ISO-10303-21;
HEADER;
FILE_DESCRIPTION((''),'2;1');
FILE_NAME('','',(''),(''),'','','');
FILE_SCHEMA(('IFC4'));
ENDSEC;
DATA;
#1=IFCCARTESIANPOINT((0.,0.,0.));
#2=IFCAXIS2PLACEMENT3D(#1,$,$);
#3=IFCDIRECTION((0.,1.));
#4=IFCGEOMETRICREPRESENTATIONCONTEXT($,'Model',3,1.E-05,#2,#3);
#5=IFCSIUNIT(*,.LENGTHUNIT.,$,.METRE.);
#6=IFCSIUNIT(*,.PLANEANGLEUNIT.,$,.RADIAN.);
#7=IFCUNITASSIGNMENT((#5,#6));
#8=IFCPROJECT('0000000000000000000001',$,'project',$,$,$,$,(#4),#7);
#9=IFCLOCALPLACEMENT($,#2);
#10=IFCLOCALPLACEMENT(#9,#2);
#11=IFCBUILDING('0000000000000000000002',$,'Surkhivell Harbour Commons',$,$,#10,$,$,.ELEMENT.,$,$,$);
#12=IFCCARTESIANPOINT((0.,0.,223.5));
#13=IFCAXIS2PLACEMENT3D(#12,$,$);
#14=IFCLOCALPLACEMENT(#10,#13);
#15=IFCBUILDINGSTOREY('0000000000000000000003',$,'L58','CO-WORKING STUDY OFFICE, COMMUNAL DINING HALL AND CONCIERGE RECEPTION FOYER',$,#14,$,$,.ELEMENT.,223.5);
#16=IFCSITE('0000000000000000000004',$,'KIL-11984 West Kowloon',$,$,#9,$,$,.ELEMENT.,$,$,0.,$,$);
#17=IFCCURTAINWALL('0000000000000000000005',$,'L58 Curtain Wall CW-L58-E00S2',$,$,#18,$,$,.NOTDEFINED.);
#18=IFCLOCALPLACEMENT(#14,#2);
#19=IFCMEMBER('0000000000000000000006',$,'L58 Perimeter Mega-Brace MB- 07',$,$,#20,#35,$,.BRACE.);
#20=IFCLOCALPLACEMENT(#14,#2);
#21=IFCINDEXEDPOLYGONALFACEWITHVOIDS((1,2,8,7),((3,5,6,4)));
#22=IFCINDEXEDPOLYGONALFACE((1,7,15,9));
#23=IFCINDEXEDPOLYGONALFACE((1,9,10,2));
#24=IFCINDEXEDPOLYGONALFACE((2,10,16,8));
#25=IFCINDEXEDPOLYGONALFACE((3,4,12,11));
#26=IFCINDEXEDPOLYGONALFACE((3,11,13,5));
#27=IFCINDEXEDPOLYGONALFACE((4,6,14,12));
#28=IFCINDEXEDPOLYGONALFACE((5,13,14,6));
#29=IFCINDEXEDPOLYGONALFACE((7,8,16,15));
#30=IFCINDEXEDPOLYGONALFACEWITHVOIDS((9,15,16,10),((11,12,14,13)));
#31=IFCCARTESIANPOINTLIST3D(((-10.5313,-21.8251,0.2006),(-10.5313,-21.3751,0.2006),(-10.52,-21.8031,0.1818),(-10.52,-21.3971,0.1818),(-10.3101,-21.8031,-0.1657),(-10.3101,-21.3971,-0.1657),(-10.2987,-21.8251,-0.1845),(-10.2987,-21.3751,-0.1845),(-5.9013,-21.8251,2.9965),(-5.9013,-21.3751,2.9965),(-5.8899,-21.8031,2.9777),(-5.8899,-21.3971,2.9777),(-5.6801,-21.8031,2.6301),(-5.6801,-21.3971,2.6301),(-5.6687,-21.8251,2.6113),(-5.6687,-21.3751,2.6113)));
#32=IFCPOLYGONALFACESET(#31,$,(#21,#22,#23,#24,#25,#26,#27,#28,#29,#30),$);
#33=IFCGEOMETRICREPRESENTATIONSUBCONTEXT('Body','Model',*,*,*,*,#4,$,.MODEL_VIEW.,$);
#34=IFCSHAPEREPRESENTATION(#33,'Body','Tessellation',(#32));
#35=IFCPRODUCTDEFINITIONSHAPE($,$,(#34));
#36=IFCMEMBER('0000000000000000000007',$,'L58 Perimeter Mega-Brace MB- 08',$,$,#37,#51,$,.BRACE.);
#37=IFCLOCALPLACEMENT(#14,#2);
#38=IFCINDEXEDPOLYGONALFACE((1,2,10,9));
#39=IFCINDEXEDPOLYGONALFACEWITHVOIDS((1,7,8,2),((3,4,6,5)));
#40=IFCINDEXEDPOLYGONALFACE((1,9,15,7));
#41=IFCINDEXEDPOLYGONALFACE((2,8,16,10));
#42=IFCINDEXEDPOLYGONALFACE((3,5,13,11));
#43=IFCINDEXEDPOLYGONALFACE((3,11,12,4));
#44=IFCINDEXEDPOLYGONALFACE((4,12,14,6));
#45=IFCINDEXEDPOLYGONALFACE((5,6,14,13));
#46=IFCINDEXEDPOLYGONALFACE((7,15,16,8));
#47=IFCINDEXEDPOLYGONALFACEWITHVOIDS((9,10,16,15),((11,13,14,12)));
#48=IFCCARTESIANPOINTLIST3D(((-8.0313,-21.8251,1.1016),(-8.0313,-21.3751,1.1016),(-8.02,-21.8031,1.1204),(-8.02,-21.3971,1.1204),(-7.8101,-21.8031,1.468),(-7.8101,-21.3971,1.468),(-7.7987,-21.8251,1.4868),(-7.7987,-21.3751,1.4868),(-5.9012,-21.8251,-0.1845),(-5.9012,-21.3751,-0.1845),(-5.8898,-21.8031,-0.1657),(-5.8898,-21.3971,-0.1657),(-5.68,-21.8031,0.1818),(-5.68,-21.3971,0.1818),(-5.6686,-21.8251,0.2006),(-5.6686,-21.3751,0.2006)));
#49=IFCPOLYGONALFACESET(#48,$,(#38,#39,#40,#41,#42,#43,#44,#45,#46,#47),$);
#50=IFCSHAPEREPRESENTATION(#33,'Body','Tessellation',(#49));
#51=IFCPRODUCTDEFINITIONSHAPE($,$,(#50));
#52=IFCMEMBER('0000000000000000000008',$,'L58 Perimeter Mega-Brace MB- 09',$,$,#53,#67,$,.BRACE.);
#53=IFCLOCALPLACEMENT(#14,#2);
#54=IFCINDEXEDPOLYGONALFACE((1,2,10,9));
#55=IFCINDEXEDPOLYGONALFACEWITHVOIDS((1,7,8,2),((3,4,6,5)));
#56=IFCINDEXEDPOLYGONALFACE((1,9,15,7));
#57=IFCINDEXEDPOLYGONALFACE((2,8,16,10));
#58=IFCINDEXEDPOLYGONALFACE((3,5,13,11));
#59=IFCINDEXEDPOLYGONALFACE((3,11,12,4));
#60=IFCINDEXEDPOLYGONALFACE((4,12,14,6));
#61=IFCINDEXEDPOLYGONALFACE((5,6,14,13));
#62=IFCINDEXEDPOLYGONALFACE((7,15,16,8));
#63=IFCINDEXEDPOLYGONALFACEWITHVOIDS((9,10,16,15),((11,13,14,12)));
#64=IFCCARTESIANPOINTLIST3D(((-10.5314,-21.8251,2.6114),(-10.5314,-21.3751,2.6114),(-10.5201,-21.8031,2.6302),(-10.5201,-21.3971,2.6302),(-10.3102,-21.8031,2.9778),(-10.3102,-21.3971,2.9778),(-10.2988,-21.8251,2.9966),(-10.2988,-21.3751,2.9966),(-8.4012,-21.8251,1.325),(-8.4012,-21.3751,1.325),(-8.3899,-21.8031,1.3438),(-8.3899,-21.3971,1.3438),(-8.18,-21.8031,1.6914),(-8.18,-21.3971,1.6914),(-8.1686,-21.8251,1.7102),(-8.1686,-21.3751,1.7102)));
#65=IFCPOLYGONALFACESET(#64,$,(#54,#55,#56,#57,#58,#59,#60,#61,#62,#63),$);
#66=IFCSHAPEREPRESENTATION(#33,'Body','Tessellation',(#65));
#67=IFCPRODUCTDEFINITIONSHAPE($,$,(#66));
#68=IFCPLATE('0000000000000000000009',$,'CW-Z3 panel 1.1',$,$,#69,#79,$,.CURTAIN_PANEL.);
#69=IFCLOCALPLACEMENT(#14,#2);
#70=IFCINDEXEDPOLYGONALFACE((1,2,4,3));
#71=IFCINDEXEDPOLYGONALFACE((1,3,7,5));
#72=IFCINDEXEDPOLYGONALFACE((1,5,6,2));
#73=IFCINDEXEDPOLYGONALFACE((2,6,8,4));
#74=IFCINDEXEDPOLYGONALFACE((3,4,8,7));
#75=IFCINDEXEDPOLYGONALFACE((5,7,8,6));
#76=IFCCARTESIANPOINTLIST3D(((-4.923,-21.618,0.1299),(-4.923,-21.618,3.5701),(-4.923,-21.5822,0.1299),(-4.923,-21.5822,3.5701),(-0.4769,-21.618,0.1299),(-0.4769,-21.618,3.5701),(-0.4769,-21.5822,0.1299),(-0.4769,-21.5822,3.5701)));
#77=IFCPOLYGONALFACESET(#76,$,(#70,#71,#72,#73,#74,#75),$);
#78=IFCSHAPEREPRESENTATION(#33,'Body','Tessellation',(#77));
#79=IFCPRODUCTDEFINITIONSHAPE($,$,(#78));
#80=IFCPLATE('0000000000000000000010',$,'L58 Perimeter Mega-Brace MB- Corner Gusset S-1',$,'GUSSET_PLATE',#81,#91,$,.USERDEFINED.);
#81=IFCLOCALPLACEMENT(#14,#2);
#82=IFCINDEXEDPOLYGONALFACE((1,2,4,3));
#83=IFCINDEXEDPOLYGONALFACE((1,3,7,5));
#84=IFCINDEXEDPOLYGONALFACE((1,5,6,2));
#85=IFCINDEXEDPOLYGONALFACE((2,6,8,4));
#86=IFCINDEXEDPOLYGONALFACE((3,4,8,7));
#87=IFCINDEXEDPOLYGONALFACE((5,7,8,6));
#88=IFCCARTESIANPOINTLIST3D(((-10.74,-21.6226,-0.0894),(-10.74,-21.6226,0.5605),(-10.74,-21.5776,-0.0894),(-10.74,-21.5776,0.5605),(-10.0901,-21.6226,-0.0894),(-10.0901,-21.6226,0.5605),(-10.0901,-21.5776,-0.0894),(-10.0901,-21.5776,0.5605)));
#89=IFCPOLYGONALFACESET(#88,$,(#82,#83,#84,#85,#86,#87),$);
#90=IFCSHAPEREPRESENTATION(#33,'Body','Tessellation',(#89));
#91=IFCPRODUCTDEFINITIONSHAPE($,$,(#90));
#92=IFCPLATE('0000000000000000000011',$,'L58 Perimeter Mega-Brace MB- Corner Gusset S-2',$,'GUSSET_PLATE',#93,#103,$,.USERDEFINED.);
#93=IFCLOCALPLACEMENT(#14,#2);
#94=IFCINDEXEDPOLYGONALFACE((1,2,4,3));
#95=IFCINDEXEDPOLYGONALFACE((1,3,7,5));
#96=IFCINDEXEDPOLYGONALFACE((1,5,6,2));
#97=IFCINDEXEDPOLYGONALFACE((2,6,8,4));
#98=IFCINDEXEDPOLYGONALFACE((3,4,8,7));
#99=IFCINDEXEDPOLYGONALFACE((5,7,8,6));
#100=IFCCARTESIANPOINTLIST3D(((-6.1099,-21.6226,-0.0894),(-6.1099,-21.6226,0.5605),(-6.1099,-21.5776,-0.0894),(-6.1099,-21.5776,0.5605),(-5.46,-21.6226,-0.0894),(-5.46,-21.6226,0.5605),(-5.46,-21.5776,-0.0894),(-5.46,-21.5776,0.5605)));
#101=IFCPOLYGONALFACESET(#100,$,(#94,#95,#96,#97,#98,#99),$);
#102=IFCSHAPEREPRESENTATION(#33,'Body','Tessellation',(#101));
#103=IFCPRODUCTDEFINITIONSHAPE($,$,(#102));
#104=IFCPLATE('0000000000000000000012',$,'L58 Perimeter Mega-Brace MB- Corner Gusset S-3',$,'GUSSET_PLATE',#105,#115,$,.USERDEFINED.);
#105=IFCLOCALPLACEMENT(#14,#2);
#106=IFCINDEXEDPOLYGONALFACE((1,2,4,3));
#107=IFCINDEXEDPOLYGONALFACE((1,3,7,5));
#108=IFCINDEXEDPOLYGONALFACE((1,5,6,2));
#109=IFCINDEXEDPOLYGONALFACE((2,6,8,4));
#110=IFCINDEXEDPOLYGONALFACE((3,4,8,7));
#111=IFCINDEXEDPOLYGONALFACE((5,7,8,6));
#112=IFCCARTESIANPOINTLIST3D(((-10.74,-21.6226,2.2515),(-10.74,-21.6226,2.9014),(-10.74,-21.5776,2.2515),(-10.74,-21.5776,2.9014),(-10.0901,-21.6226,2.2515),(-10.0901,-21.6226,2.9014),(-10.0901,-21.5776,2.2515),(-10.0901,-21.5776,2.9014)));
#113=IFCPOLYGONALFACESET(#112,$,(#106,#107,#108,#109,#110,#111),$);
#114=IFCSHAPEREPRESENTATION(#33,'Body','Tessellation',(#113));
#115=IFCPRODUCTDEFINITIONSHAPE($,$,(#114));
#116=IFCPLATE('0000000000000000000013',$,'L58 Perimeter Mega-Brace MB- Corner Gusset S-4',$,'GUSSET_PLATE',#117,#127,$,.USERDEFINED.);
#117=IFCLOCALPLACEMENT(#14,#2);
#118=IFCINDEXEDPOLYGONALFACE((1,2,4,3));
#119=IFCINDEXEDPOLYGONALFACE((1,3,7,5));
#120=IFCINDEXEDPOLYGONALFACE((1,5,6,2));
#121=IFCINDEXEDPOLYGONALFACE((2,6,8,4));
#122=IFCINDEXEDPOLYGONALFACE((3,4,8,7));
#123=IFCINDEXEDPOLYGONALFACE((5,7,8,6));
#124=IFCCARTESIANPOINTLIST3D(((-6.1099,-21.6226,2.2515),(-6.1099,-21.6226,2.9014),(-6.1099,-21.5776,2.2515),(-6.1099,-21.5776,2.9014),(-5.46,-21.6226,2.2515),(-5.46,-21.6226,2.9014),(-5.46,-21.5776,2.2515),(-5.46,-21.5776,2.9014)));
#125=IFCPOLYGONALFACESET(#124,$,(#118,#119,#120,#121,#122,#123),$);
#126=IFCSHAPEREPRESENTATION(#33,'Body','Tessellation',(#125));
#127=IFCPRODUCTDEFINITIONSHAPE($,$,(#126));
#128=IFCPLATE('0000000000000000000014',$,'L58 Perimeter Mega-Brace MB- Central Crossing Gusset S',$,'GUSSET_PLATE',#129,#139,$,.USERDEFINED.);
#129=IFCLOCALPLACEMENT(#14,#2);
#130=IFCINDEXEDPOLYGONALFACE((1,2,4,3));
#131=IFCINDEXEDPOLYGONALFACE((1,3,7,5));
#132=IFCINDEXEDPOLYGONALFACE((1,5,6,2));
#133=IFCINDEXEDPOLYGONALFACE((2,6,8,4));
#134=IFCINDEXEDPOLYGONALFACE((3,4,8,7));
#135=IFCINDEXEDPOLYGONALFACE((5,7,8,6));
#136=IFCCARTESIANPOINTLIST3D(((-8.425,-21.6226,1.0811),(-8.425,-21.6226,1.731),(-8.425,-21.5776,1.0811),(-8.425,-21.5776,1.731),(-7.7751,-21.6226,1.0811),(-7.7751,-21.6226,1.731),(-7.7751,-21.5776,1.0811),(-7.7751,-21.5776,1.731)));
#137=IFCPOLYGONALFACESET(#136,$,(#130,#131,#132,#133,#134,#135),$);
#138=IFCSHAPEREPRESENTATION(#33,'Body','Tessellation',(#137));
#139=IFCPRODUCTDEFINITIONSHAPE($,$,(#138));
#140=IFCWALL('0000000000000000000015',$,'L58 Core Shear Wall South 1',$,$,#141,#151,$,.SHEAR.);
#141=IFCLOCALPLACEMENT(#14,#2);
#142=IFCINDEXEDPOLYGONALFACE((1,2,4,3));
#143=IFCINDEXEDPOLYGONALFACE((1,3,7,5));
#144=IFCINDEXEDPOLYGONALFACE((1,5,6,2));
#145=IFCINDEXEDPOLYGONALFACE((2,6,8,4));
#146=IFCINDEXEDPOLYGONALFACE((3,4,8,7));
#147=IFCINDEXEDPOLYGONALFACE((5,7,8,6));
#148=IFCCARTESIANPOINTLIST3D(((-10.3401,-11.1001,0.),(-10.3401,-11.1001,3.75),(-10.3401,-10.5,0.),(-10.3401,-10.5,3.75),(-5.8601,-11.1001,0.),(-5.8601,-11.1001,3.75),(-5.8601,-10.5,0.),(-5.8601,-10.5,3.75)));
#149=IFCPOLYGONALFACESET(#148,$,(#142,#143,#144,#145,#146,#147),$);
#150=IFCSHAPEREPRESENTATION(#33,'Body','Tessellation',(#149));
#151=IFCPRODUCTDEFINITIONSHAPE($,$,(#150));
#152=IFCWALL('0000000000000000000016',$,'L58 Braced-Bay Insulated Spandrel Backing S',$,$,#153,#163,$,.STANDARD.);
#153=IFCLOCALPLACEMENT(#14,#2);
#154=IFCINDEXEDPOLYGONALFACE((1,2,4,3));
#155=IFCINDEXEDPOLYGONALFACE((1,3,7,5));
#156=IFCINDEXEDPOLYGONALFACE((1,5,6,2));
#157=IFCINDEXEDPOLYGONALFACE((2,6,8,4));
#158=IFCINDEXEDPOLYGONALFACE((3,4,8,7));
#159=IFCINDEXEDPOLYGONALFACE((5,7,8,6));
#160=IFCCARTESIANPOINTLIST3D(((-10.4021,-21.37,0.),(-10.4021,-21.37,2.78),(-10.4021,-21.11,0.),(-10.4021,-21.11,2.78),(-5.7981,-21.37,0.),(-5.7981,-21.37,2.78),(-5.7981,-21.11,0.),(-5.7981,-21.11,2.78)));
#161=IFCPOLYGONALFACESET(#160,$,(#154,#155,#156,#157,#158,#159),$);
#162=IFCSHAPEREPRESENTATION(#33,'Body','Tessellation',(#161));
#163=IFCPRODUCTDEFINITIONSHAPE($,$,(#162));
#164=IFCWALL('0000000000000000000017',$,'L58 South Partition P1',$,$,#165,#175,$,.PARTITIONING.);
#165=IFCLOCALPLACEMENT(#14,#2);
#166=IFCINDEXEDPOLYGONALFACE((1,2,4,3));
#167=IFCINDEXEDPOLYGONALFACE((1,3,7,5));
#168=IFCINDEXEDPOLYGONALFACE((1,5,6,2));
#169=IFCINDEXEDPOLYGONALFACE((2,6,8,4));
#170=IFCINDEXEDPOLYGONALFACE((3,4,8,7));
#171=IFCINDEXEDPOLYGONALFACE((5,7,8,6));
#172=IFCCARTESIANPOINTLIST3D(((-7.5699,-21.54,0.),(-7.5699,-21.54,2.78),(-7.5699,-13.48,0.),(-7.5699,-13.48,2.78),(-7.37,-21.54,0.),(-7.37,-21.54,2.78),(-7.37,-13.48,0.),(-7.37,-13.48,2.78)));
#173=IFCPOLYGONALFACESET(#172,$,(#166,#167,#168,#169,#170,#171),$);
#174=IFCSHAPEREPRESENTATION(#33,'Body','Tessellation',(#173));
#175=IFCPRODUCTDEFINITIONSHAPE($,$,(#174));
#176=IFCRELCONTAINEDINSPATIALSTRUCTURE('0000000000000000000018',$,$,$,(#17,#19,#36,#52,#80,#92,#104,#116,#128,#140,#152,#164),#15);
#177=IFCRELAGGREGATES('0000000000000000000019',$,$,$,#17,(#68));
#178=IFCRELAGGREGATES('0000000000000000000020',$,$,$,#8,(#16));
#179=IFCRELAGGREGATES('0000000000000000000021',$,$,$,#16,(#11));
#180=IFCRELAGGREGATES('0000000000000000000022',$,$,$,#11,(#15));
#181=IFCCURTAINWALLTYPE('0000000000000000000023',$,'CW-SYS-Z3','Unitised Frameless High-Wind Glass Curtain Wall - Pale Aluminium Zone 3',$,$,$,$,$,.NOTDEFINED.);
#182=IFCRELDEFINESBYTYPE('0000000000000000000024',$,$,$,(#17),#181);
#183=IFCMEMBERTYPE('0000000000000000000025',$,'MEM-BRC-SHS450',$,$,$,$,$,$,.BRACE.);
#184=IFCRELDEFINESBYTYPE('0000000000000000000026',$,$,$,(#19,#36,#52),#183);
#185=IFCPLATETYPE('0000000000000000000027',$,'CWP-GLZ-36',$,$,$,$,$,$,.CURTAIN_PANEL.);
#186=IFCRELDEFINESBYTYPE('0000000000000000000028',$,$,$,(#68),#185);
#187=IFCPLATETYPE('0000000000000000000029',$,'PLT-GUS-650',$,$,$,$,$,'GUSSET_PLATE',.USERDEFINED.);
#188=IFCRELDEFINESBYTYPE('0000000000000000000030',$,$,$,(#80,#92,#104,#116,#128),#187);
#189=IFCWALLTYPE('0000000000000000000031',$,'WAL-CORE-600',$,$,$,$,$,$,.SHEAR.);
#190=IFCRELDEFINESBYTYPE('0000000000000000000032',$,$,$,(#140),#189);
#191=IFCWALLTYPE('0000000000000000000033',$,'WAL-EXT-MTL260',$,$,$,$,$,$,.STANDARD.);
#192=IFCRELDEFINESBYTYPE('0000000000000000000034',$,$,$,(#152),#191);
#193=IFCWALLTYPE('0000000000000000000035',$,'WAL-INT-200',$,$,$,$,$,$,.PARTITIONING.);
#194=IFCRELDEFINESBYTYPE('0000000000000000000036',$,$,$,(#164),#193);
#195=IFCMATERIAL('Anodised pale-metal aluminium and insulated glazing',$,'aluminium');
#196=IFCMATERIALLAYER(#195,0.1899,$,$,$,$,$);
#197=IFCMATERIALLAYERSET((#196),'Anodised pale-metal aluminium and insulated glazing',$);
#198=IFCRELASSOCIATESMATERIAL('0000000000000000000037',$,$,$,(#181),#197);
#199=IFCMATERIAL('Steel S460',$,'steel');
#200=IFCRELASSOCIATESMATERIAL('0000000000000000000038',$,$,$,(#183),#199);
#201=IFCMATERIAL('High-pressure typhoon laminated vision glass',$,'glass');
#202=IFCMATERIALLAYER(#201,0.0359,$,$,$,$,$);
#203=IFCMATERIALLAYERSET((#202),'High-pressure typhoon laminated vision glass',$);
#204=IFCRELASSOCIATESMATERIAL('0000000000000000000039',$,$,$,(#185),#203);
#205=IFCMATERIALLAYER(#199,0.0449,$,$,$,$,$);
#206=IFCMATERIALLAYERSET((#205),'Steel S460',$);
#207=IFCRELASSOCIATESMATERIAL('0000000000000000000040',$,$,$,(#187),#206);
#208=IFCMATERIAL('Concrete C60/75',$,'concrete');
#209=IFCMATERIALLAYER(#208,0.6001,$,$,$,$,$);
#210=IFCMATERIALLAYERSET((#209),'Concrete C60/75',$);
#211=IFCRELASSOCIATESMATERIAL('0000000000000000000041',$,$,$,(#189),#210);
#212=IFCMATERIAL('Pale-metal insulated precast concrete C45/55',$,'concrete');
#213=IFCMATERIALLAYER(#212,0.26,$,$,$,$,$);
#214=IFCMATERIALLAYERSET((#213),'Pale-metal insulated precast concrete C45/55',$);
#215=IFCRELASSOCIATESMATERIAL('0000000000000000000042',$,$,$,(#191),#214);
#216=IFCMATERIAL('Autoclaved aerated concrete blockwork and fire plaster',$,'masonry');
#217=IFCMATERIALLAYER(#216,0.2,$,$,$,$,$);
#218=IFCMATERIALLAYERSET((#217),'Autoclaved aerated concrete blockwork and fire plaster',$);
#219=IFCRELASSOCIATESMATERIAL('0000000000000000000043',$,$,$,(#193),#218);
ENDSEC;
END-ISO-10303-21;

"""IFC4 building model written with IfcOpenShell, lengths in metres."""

from ifc_helpers import new_model, si_unit, direction, frame, frame_2d, origin, origin_2d, place, context, subcontext, project, spatial, rectangle, hollow_rectangle, extrude, material, layer, layer_set, material_profile, profile_set, type_object, element, aggregate, save


model = new_model("IFC4")

# Units and contexts
model_context = context("Model", 3, precision=1e-05, world=origin(), true_north=direction((0.0, 1.0)))
body_context = subcontext(model_context, "Body", "Model", "MODEL_VIEW")
ifc_project = project(units=[si_unit("LENGTHUNIT", "METRE"), si_unit("PLANEANGLEUNIT", "RADIAN")], contexts=[model_context])

# Site, building, storey
site_placement = place(None, origin())
site = spatial("IfcSite", under=ifc_project, at=site_placement, Name="KIL-11984 West Kowloon", CompositionType="ELEMENT", RefElevation=0.0)
building_placement = place(site_placement, origin())
building = spatial("IfcBuilding", under=site, at=building_placement, Name="Surkhivell Harbour Commons", CompositionType="ELEMENT")
storey_placement = place(building_placement, frame((0.0, 0.0, 223.5)))
storey = spatial("IfcBuildingStorey", under=building, at=storey_placement, Name="L58", Description="CO-WORKING STUDY OFFICE, COMMUNAL DINING HALL AND CONCIERGE RECEPTION FOYER", CompositionType="ELEMENT", Elevation=223.5)

# Shared definitions
ifc_material_1 = material(Name="Concrete C60/75", Category="concrete")

# Shared definitions
ifc_material_2 = material(Name="Anodised pale-metal aluminium and insulated glazing", Category="aluminium")
ifc_layer_1 = layer(ifc_material_2, 0.1899)
ifc_layer_set_1 = layer_set([ifc_layer_1], Name="Anodised pale-metal aluminium and insulated glazing")
curtain_wall_type = type_object("IfcCurtainWallType", Name="CW-SYS-Z3", Description="Unitised Frameless High-Wind Glass Curtain Wall - Pale Aluminium Zone 3", PredefinedType="NOTDEFINED", material=ifc_layer_set_1)

# Curtain wall
curtain_wall_1_placement = place(storey_placement, origin())
curtain_wall_1 = element("IfcCurtainWall", 1, at=curtain_wall_1_placement, inside=storey, type_object=curtain_wall_type, Name="L58 Curtain Wall CW-L58-E00S2", PredefinedType="NOTDEFINED")

# Members
ifc_material_3 = material(Name="Steel S460", Category="steel")
ifc_material_profile_1 = material_profile(ifc_material_3, hollow_rectangle(XDim=0.45, YDim=0.45, WallThickness=0.022, at=origin_2d()), Name="SHS450x450x22")
ifc_profile_set_1 = profile_set([ifc_material_profile_1], Name="Steel S460")
member_type_1 = type_object("IfcMemberType", Name="MEM-BRC-SHS450", PredefinedType="BRACE", material=ifc_profile_set_1)
member_1_placement = place(storey_placement, frame((-10.415, -21.6001, 0.0081), z_axis=(0.856036, 0.0, 0.516917), x_axis=(0.0, 1.0, 0.0)))
element("IfcMember", 2, at=member_1_placement, inside=storey, type_object=member_type_1, Name="L58 Perimeter Mega-Brace MB- 07", PredefinedType="BRACE", context=body_context, shape_type="SweptSolid", body=[
    extrude(hollow_rectangle(XDim=0.45, YDim=0.45, WallThickness=0.022, at=origin_2d()), origin(), (0.0, 0.0, 1.0), 5.4087),
])
member_2_placement = place(storey_placement, frame((-5.7849, -21.6001, 0.0081), z_axis=(-0.856061, 0.0, 0.516875), x_axis=(0.0, -1.0, 0.0)))
element("IfcMember", 3, at=member_2_placement, inside=storey, type_object=member_type_1, Name="L58 Perimeter Mega-Brace MB- 08", PredefinedType="BRACE", context=body_context, shape_type="SweptSolid", body=[
    extrude(hollow_rectangle(XDim=0.45, YDim=0.45, WallThickness=0.022, at=origin_2d()), origin(), (0.0, 0.0, 1.0), 2.4883),
])
member_3_placement = place(storey_placement, frame((-8.2849, -21.6001, 1.5176), z_axis=(-0.856018, 0.0, 0.516946), x_axis=(0.0, -1.0, 0.0)))
element("IfcMember", 4, at=member_3_placement, inside=storey, type_object=member_type_1, Name="L58 Perimeter Mega-Brace MB- 09", PredefinedType="BRACE", context=body_context, shape_type="SweptSolid", body=[
    extrude(hollow_rectangle(XDim=0.45, YDim=0.45, WallThickness=0.022, at=origin_2d()), origin(), (0.0, 0.0, 1.0), 2.4885),
])

# Plate
ifc_material_4 = material(Name="High-pressure typhoon laminated vision glass", Category="glass")
ifc_layer_2 = layer(ifc_material_4, 0.0359)
ifc_layer_set_2 = layer_set([ifc_layer_2], Name="High-pressure typhoon laminated vision glass")
plate_type_1 = type_object("IfcPlateType", Name="CWP-GLZ-36", PredefinedType="CURTAIN_PANEL", material=ifc_layer_set_2)
plate_placement = place(storey_placement, frame((-4.9231, -21.6001, 0.1299), z_axis=(0.0, 0.0, 1.0), x_axis=(1.0, 0.0, 0.0)))
plate = element("IfcPlate", 5, at=plate_placement, type_object=plate_type_1, Name="CW-Z3 panel 1.1", PredefinedType="CURTAIN_PANEL", context=body_context, shape_type="SweptSolid", body=[
    extrude(rectangle(XDim=4.446, YDim=0.0359, at=frame_2d((2.2231, 0.0))), origin(), (0.0, 0.0, 1.0), 3.4402),
])
aggregate(curtain_wall_1, [plate])

# Plates
ifc_layer_3 = layer(ifc_material_3, 0.0449)
ifc_layer_set_3 = layer_set([ifc_layer_3], Name="Steel S460")
plate_type_2 = type_object("IfcPlateType", Name="PLT-GUS-650", ElementType="GUSSET_PLATE", PredefinedType="USERDEFINED", material=ifc_layer_set_3)
for number, where, z_axis, x_axis, name in (
    (6, (-10.415, -21.6001, -0.0894), (0.0, 0.0, 1.0), (1.0, 0.0, 0.0), "L58 Perimeter Mega-Brace MB- Corner Gusset S-1"),
    (7, (-5.7849, -21.6001, -0.0894), (0.0, 0.0, 1.0), (1.0, 0.0, 0.0), "L58 Perimeter Mega-Brace MB- Corner Gusset S-2"),
    (8, (-10.415, -21.6001, 2.2515), (0.0, 0.0, 1.0), (1.0, 0.0, 0.0), "L58 Perimeter Mega-Brace MB- Corner Gusset S-3"),
    (9, (-5.7849, -21.6001, 2.2515), (0.0, 0.0, 1.0), (1.0, 0.0, 0.0), "L58 Perimeter Mega-Brace MB- Corner Gusset S-4"),
    (10, (-8.1001, -21.6001, 1.0811), (0.0, 0.0, 1.0), (1.0, 0.0, 0.0), "L58 Perimeter Mega-Brace MB- Central Crossing Gusset S"),
):
    element("IfcPlate", number, at=place(storey_placement, frame(where, z_axis=z_axis, x_axis=x_axis)), inside=storey, type_object=plate_type_2, Name=name, ObjectType="GUSSET_PLATE", PredefinedType="USERDEFINED", context=body_context, shape_type="SweptSolid", body=[
        extrude(rectangle(XDim=0.6499, YDim=0.0449, at=origin_2d()), origin(), (0.0, 0.0, 1.0), 0.6499),
    ])

# Walls
ifc_layer_4 = layer(ifc_material_1, 0.6001)
ifc_layer_set_4 = layer_set([ifc_layer_4], Name="Concrete C60/75")
wall_type_1 = type_object("IfcWallType", Name="WAL-CORE-600", PredefinedType="SHEAR", material=ifc_layer_set_4)
wall_1_placement = place(storey_placement, frame((-10.3401, -10.8, 0.0), z_axis=(0.0, 0.0, 1.0), x_axis=(1.0, 0.0, 0.0)))
element("IfcWall", 11, at=wall_1_placement, inside=storey, type_object=wall_type_1, Name="L58 Core Shear Wall South 1", PredefinedType="SHEAR", context=body_context, shape_type="SweptSolid", body=[
    extrude(rectangle(XDim=4.48, YDim=0.6001, at=frame_2d((2.24, 0.0))), origin(), (0.0, 0.0, 1.0), 3.75),
])
ifc_material_5 = material(Name="Pale-metal insulated precast concrete C45/55", Category="concrete")
ifc_layer_5 = layer(ifc_material_5, 0.26)
ifc_layer_set_5 = layer_set([ifc_layer_5], Name="Pale-metal insulated precast concrete C45/55")
wall_type_2 = type_object("IfcWallType", Name="WAL-EXT-MTL260", PredefinedType="STANDARD", material=ifc_layer_set_5)
wall_2_placement = place(storey_placement, frame((-10.4021, -21.24, 0.0), z_axis=(0.0, 0.0, 1.0), x_axis=(1.0, 0.0, 0.0)))
element("IfcWall", 12, at=wall_2_placement, inside=storey, type_object=wall_type_2, Name="L58 Braced-Bay Insulated Spandrel Backing S", PredefinedType="STANDARD", context=body_context, shape_type="SweptSolid", body=[
    extrude(rectangle(XDim=4.604, YDim=0.26, at=frame_2d((2.302, 0.0))), origin(), (0.0, 0.0, 1.0), 2.78),
])
ifc_material_6 = material(Name="Autoclaved aerated concrete blockwork and fire plaster", Category="masonry")
ifc_layer_6 = layer(ifc_material_6, 0.2)
ifc_layer_set_6 = layer_set([ifc_layer_6], Name="Autoclaved aerated concrete blockwork and fire plaster")
wall_type_3 = type_object("IfcWallType", Name="WAL-INT-200", PredefinedType="PARTITIONING", material=ifc_layer_set_6)
wall_3_placement = place(storey_placement, frame((-7.47, -21.54, 0.0), z_axis=(0.0, 0.0, 1.0), x_axis=(0.0, 1.0, 0.0)))
element("IfcWall", 13, at=wall_3_placement, inside=storey, type_object=wall_type_3, Name="L58 South Partition P1", PredefinedType="PARTITIONING", context=body_context, shape_type="SweptSolid", body=[
    extrude(rectangle(XDim=8.0601, YDim=0.2, at=frame_2d((4.03, 0.0))), origin(), (0.0, 0.0, 1.0), 2.78),
])

save(model, "model.ifc")
